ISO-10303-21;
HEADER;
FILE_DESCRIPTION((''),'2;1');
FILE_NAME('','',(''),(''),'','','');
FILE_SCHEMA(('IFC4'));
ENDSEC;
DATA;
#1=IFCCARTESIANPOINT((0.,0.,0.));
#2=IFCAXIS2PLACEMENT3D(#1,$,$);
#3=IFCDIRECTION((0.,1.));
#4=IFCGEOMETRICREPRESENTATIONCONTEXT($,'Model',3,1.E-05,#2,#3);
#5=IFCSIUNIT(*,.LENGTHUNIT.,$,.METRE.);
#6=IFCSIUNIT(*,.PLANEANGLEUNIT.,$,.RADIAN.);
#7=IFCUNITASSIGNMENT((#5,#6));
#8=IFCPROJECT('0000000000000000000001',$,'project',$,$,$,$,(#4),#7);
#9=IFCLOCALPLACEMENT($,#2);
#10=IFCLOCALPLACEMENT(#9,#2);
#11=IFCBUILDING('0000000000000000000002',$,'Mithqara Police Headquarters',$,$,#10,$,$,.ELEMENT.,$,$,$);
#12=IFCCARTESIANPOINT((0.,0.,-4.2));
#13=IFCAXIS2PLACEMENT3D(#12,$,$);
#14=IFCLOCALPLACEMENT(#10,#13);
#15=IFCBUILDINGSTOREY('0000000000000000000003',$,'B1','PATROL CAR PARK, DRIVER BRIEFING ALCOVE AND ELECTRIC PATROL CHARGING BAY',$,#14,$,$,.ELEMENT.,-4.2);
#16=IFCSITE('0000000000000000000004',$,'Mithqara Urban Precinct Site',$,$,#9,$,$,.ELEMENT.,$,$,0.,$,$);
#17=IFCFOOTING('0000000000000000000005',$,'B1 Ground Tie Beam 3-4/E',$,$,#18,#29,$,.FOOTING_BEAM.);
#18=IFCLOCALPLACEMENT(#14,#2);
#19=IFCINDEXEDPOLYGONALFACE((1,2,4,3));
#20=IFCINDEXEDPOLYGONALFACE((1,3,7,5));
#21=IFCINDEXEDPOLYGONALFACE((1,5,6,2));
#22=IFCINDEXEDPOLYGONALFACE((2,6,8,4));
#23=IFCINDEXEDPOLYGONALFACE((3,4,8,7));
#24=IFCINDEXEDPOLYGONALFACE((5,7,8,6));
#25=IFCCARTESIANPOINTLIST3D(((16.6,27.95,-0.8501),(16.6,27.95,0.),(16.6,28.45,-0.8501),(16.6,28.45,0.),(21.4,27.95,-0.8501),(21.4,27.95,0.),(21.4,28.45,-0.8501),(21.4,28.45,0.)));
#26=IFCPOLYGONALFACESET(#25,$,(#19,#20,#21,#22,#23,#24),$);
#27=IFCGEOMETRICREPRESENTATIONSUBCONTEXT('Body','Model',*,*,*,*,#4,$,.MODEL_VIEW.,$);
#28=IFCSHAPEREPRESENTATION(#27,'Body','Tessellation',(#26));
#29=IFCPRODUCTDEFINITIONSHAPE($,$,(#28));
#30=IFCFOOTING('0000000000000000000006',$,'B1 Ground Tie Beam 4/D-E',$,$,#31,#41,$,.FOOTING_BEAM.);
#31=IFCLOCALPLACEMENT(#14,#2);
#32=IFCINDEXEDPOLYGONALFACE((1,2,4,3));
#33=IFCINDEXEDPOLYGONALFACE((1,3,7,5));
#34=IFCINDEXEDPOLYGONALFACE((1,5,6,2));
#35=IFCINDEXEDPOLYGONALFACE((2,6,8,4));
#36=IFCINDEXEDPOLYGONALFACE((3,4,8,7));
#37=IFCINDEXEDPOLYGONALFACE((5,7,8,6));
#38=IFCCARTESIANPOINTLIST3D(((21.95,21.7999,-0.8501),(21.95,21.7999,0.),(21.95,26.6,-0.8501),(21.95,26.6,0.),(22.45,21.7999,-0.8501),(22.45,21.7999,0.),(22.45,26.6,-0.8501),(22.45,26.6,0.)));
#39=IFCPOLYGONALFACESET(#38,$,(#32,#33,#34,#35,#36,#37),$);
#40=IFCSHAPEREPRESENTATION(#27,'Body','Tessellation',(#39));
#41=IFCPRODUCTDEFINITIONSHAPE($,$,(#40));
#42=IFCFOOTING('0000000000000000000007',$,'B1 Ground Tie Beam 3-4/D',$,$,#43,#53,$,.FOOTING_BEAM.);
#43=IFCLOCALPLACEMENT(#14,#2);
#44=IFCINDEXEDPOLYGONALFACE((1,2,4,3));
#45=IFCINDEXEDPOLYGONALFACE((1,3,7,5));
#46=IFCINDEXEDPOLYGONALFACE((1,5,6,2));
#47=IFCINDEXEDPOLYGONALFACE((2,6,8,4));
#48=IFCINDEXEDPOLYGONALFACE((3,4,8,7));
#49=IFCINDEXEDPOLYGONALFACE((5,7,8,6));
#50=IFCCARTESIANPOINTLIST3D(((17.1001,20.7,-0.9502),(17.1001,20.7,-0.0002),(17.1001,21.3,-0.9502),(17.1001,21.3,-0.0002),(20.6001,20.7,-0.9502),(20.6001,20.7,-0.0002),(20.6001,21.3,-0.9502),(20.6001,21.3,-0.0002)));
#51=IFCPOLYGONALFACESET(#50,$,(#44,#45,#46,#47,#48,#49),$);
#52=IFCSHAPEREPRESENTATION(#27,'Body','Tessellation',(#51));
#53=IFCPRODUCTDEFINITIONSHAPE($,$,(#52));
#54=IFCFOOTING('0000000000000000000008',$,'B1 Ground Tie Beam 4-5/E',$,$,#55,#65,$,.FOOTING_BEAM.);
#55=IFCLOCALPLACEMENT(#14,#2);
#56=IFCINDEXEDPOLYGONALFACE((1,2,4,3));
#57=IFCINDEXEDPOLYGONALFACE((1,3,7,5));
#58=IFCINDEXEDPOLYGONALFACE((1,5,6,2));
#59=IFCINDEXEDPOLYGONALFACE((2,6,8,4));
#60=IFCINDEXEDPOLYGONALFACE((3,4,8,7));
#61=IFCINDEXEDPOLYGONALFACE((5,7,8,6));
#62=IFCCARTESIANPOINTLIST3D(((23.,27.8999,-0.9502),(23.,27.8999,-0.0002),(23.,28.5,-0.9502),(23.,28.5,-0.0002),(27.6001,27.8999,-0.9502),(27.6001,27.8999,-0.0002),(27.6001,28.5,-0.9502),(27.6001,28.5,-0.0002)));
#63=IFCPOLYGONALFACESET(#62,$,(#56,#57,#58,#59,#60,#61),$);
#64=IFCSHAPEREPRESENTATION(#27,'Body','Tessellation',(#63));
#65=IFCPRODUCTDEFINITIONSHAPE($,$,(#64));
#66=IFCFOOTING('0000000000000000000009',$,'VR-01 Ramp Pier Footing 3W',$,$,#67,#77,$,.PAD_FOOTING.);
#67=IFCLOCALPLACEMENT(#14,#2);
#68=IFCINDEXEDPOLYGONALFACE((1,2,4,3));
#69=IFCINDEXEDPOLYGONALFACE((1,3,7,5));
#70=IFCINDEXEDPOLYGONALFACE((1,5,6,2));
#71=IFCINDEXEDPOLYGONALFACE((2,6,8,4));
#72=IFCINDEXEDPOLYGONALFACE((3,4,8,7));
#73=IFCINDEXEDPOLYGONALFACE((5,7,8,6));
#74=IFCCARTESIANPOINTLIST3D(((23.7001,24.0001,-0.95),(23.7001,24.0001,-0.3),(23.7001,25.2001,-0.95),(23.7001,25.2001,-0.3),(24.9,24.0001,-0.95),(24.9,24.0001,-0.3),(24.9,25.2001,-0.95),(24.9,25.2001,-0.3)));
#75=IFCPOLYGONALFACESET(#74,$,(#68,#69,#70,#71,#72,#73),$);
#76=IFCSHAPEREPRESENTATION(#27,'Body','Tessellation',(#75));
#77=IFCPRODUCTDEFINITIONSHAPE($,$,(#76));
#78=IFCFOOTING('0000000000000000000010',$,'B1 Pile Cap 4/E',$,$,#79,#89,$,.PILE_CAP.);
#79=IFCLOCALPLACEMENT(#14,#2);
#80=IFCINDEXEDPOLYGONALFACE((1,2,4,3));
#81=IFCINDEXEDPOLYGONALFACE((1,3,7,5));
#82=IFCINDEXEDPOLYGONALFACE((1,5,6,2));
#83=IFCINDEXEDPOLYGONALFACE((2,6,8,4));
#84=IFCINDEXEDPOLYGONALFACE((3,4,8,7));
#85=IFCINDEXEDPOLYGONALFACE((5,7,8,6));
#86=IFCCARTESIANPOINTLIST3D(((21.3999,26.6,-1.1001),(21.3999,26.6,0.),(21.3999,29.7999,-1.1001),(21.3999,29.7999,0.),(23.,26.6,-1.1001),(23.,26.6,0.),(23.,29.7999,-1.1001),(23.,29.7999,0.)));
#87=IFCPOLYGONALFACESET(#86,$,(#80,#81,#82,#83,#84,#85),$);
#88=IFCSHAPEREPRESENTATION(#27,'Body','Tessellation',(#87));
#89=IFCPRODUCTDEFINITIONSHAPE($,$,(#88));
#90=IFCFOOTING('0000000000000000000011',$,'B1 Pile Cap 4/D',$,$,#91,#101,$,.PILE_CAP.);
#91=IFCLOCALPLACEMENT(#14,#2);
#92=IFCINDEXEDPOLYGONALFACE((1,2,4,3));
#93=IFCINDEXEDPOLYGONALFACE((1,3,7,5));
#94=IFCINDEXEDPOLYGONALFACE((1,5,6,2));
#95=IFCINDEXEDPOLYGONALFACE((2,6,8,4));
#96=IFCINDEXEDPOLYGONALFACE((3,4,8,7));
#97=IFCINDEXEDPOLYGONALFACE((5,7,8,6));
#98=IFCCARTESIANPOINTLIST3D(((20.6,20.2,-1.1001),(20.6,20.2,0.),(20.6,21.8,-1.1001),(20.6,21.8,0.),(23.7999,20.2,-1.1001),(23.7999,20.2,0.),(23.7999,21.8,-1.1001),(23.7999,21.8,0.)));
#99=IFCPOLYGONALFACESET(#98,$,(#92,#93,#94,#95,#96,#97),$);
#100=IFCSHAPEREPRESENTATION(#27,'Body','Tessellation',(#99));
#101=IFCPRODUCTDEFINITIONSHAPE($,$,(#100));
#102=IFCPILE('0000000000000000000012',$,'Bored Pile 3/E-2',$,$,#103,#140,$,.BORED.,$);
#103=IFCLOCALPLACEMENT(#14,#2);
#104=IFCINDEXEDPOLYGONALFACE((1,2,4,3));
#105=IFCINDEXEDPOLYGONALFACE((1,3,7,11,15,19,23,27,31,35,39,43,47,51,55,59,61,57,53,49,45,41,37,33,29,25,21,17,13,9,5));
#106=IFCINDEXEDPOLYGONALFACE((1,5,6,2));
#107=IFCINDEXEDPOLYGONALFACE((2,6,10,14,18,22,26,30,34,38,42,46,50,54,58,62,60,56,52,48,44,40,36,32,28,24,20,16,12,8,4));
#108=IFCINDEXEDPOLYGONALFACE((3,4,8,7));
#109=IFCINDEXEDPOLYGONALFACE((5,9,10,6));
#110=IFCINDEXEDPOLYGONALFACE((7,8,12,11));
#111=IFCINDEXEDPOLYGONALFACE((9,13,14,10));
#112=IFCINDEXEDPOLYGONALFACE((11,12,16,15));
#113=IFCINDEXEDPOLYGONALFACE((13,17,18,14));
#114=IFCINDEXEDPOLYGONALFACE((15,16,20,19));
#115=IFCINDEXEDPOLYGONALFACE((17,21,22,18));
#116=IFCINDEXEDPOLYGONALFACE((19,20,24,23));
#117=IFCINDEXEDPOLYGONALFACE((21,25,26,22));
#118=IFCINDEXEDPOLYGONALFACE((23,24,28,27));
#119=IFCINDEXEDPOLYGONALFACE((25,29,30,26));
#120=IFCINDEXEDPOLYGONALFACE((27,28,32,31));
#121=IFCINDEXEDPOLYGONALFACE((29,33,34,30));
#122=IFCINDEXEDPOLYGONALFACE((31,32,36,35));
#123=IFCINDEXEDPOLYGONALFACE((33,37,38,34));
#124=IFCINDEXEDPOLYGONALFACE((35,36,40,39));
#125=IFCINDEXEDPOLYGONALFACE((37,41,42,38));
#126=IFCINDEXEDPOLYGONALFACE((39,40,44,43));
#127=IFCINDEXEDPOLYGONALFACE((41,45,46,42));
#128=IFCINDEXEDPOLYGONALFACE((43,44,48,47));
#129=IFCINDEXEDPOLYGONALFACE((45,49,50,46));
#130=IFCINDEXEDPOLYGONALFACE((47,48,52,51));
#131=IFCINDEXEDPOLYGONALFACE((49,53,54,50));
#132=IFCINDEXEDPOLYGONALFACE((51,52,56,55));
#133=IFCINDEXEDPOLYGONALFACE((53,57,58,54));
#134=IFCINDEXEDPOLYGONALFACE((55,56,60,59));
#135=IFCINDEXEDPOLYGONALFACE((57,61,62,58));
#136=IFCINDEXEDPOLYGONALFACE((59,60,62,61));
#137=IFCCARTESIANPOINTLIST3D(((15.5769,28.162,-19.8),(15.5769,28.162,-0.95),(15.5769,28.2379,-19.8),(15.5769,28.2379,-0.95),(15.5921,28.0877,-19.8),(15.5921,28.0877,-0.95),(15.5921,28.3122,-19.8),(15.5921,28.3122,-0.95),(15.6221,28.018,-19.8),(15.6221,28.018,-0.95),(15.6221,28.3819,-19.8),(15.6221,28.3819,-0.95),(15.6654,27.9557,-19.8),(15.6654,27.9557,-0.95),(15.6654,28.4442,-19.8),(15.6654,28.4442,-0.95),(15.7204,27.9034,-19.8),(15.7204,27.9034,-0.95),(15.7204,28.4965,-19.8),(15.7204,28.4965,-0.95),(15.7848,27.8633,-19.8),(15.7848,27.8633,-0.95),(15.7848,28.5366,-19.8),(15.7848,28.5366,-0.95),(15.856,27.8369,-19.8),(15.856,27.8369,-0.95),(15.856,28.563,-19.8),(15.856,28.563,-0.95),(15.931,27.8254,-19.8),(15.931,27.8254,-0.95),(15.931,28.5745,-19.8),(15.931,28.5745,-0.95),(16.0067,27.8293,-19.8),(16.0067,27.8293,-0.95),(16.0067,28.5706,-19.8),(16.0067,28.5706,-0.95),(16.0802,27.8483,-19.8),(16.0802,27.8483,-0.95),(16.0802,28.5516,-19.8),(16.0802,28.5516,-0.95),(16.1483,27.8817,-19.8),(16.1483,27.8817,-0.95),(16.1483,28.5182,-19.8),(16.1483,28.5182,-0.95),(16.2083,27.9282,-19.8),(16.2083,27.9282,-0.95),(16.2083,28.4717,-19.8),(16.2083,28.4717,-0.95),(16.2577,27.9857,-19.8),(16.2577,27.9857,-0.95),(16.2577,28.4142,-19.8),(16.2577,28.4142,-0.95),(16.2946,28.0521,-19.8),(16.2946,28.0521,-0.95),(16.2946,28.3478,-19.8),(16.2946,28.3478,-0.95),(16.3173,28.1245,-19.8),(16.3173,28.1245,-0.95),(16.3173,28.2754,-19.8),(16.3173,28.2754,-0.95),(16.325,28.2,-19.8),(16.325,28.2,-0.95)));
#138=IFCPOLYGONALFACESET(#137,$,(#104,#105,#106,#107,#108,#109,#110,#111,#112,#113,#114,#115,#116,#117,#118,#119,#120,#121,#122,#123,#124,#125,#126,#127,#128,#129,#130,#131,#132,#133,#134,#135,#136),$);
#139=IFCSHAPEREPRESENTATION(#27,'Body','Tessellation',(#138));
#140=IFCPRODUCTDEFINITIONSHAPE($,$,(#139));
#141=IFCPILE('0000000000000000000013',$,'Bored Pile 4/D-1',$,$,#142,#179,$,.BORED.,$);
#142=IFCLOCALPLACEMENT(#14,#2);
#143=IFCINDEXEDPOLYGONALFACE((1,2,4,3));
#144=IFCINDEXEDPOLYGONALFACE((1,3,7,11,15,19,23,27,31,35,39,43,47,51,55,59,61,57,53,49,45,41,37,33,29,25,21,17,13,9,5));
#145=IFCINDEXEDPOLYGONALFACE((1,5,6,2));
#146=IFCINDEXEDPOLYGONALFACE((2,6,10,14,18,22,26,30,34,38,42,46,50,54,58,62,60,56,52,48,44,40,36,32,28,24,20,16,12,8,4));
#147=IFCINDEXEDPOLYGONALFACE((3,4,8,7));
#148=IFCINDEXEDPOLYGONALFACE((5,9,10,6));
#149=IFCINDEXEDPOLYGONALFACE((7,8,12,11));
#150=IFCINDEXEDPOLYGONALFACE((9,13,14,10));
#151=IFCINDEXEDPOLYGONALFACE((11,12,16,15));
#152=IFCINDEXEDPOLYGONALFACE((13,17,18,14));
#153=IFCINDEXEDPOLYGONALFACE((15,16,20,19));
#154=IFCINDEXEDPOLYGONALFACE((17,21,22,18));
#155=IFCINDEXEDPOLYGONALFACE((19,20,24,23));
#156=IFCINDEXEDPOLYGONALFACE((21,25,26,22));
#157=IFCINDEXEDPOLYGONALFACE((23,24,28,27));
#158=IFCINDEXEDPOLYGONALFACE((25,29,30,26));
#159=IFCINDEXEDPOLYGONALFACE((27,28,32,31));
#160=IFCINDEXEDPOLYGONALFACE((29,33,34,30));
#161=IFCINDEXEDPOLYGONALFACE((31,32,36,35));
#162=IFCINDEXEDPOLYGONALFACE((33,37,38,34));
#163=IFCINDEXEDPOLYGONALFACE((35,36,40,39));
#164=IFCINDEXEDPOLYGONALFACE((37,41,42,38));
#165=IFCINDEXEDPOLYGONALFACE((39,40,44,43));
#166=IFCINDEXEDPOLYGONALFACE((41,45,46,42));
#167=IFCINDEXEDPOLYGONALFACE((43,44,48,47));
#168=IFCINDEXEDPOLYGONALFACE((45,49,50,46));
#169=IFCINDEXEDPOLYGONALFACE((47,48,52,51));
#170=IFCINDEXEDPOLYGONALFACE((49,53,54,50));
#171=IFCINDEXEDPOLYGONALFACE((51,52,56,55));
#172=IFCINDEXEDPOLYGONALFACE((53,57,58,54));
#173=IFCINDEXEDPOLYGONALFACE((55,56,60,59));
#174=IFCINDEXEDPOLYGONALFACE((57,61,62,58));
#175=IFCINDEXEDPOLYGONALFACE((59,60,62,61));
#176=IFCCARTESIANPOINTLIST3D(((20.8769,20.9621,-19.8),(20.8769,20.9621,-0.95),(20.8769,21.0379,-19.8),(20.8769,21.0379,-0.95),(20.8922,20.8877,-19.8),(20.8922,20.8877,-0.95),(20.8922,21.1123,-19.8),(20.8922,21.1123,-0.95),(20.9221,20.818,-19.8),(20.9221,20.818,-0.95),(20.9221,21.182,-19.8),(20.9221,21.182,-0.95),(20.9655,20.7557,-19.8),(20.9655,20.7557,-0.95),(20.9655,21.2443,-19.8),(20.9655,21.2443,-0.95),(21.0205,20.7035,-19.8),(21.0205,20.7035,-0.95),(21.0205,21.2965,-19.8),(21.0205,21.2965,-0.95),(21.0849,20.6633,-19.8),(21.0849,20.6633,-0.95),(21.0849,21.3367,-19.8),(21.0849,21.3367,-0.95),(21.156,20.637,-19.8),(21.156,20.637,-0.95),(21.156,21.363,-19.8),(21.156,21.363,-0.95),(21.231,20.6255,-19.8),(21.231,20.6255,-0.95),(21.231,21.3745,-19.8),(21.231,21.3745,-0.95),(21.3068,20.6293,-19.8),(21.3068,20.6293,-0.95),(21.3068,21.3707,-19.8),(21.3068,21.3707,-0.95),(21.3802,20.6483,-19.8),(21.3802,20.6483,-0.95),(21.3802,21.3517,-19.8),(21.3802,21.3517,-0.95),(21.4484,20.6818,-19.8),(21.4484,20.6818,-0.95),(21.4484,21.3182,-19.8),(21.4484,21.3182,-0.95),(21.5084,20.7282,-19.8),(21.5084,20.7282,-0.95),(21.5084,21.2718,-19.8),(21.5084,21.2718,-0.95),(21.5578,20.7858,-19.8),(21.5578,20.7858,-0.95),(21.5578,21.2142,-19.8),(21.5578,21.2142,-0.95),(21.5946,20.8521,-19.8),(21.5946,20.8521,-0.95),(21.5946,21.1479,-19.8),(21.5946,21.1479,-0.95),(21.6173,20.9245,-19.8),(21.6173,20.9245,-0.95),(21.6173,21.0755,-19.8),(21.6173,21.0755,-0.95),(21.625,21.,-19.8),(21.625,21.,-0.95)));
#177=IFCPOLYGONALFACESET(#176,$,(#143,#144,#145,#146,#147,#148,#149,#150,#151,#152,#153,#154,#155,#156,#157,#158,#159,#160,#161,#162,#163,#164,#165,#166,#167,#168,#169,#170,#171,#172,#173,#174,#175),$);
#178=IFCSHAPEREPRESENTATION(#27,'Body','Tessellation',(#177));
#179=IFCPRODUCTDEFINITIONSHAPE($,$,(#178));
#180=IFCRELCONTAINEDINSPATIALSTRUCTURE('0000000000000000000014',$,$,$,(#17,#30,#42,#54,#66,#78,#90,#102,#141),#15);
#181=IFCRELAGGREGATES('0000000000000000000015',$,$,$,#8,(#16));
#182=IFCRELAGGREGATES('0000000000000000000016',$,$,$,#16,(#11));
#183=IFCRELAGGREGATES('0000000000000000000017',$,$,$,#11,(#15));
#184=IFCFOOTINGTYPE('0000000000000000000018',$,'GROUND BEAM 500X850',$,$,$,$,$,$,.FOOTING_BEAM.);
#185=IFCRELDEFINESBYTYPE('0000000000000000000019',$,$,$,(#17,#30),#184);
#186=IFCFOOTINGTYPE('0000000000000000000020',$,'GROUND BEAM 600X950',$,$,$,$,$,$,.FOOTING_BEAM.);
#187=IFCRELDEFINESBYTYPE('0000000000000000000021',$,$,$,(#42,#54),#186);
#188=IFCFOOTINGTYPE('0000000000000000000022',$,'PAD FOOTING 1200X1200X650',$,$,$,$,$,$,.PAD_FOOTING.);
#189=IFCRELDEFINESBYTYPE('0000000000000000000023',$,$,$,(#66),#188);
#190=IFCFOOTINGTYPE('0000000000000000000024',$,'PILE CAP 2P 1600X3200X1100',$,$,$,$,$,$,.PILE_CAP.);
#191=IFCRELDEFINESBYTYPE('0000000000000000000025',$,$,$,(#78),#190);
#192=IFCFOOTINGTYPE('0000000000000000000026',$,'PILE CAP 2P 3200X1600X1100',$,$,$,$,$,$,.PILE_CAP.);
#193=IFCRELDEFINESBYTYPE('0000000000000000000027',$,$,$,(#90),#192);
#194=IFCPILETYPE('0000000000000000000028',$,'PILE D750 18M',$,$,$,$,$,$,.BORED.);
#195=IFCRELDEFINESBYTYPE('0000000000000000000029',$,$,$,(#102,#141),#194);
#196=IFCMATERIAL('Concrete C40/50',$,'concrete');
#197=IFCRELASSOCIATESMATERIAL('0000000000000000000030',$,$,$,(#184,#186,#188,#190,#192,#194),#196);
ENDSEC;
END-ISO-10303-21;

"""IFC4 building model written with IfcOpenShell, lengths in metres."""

from ifc_helpers import new_model, si_unit, direction, frame, origin, origin_2d, place, context, subcontext, project, spatial, rectangle, circle, extrude, material, material_profile, profile_set, type_object, element, save


model = new_model("IFC4")

# Units and contexts
model_context = context("Model", 3, precision=1e-05, world=origin(), true_north=direction((0.0, 1.0)))
body_context = subcontext(model_context, "Body", "Model", "MODEL_VIEW")
ifc_project = project(units=[si_unit("LENGTHUNIT", "METRE"), si_unit("PLANEANGLEUNIT", "RADIAN")], contexts=[model_context])

# Site, building, storey
site_placement = place(None, origin())
site = spatial("IfcSite", under=ifc_project, at=site_placement, Name="Mithqara Urban Precinct Site", CompositionType="ELEMENT", RefElevation=0.0)
building_placement = place(site_placement, origin())
building = spatial("IfcBuilding", under=site, at=building_placement, Name="Mithqara Police Headquarters", CompositionType="ELEMENT")
storey_placement = place(building_placement, frame((0.0, 0.0, -4.2)))
storey = spatial("IfcBuildingStorey", under=building, at=storey_placement, Name="B1", Description="PATROL CAR PARK, DRIVER BRIEFING ALCOVE AND ELECTRIC PATROL CHARGING BAY", CompositionType="ELEMENT", Elevation=-4.2)

# Footings
ifc_material_1 = material(Name="Concrete C40/50", Category="concrete")
footing_type_1 = type_object("IfcFootingType", Name="GROUND BEAM 500X850", PredefinedType="FOOTING_BEAM", material=ifc_material_1)
footing_1_placement = place(storey_placement, frame((19.0, 28.2, -0.8501), z_axis=(0.0, 0.0, 1.0), x_axis=(1.0, 0.0, 0.0)))
element("IfcFooting", 1, at=footing_1_placement, inside=storey, type_object=footing_type_1, Name="B1 Ground Tie Beam 3-4/E", PredefinedType="FOOTING_BEAM", context=body_context, shape_type="SweptSolid", body=[
    extrude(rectangle(XDim=4.8, YDim=0.5, at=origin_2d()), origin(), (0.0, 0.0, 1.0), 0.8501),
])
footing_2_placement = place(storey_placement, frame((22.2, 24.2, -0.8501), z_axis=(0.0, 0.0, 1.0), x_axis=(1.0, 0.0, 0.0)))
element("IfcFooting", 2, at=footing_2_placement, inside=storey, type_object=footing_type_1, Name="B1 Ground Tie Beam 4/D-E", PredefinedType="FOOTING_BEAM", context=body_context, shape_type="SweptSolid", body=[
    extrude(rectangle(XDim=0.5, YDim=4.8, at=origin_2d()), origin(), (0.0, 0.0, 1.0), 0.8501),
])
footing_type_2 = type_object("IfcFootingType", Name="GROUND BEAM 600X950", PredefinedType="FOOTING_BEAM", material=ifc_material_1)
footing_3_placement = place(storey_placement, frame((18.8501, 21.0, -0.9502), z_axis=(0.0, 0.0, 1.0), x_axis=(1.0, 0.0, 0.0)))
element("IfcFooting", 3, at=footing_3_placement, inside=storey, type_object=footing_type_2, Name="B1 Ground Tie Beam 3-4/D", PredefinedType="FOOTING_BEAM", context=body_context, shape_type="SweptSolid", body=[
    extrude(rectangle(XDim=3.5, YDim=0.6001, at=origin_2d()), origin(), (0.0, 0.0, 1.0), 0.95),
])
footing_4_placement = place(storey_placement, frame((25.3, 28.2, -0.9502), z_axis=(0.0, 0.0, 1.0), x_axis=(1.0, 0.0, 0.0)))
element("IfcFooting", 4, at=footing_4_placement, inside=storey, type_object=footing_type_2, Name="B1 Ground Tie Beam 4-5/E", PredefinedType="FOOTING_BEAM", context=body_context, shape_type="SweptSolid", body=[
    extrude(rectangle(XDim=4.6001, YDim=0.6001, at=origin_2d()), origin(), (0.0, 0.0, 1.0), 0.95),
])
footing_type_3 = type_object("IfcFootingType", Name="PAD FOOTING 1200X1200X650", PredefinedType="PAD_FOOTING", material=ifc_material_1)
footing_5_placement = place(storey_placement, frame((24.3, 24.6001, -0.95), z_axis=(0.0, 0.0, 1.0), x_axis=(1.0, 0.0, 0.0)))
element("IfcFooting", 5, at=footing_5_placement, inside=storey, type_object=footing_type_3, Name="VR-01 Ramp Pier Footing 3W", PredefinedType="PAD_FOOTING", context=body_context, shape_type="SweptSolid", body=[
    extrude(rectangle(XDim=1.2, YDim=1.2, at=origin_2d()), origin(), (0.0, 0.0, 1.0), 0.6499),
])
footing_type_4 = type_object("IfcFootingType", Name="PILE CAP 2P 1600X3200X1100", PredefinedType="PILE_CAP", material=ifc_material_1)
footing_6_placement = place(storey_placement, frame((22.2, 28.2, -1.1001), z_axis=(0.0, 0.0, 1.0), x_axis=(1.0, 0.0, 0.0)))
element("IfcFooting", 6, at=footing_6_placement, inside=storey, type_object=footing_type_4, Name="B1 Pile Cap 4/E", PredefinedType="PILE_CAP", context=body_context, shape_type="SweptSolid", body=[
    extrude(rectangle(XDim=1.6001, YDim=3.2, at=origin_2d()), origin(), (0.0, 0.0, 1.0), 1.1001),
])
footing_type_5 = type_object("IfcFootingType", Name="PILE CAP 2P 3200X1600X1100", PredefinedType="PILE_CAP", material=ifc_material_1)
footing_7_placement = place(storey_placement, frame((22.2, 21.0, -1.1001), z_axis=(0.0, 0.0, 1.0), x_axis=(1.0, 0.0, 0.0)))
element("IfcFooting", 7, at=footing_7_placement, inside=storey, type_object=footing_type_5, Name="B1 Pile Cap 4/D", PredefinedType="PILE_CAP", context=body_context, shape_type="SweptSolid", body=[
    extrude(rectangle(XDim=3.2, YDim=1.6001, at=origin_2d()), origin(), (0.0, 0.0, 1.0), 1.1001),
])

# Piles
ifc_material_profile_1 = material_profile(ifc_material_1, circle(Radius=0.375, at=origin_2d()), Name="PILE D750")
ifc_profile_set_1 = profile_set([ifc_material_profile_1], Name="Concrete C40/50")
pile_type_1 = type_object("IfcPileType", Name="PILE D750 18M", PredefinedType="BORED", material=ifc_profile_set_1)
for number, where, z_axis, x_axis, name in (
    (8, (15.95, 28.2, -0.95), (0.0, 0.0, -1.0), (1.0, 0.0, 0.0), "Bored Pile 3/E-2"),
    (9, (21.25, 21.0, -0.95), (0.0, 0.0, -1.0), (1.0, 0.0, 0.0), "Bored Pile 4/D-1"),
):
    element("IfcPile", number, at=place(storey_placement, frame(where, z_axis=z_axis, x_axis=x_axis)), inside=storey, type_object=pile_type_1, Name=name, PredefinedType="BORED", context=body_context, shape_type="SweptSolid", body=[
        extrude(circle(Radius=0.375, at=origin_2d()), origin(), (0.0, 0.0, 1.0), 18.8501),
    ])

save(model, "model.ifc")
